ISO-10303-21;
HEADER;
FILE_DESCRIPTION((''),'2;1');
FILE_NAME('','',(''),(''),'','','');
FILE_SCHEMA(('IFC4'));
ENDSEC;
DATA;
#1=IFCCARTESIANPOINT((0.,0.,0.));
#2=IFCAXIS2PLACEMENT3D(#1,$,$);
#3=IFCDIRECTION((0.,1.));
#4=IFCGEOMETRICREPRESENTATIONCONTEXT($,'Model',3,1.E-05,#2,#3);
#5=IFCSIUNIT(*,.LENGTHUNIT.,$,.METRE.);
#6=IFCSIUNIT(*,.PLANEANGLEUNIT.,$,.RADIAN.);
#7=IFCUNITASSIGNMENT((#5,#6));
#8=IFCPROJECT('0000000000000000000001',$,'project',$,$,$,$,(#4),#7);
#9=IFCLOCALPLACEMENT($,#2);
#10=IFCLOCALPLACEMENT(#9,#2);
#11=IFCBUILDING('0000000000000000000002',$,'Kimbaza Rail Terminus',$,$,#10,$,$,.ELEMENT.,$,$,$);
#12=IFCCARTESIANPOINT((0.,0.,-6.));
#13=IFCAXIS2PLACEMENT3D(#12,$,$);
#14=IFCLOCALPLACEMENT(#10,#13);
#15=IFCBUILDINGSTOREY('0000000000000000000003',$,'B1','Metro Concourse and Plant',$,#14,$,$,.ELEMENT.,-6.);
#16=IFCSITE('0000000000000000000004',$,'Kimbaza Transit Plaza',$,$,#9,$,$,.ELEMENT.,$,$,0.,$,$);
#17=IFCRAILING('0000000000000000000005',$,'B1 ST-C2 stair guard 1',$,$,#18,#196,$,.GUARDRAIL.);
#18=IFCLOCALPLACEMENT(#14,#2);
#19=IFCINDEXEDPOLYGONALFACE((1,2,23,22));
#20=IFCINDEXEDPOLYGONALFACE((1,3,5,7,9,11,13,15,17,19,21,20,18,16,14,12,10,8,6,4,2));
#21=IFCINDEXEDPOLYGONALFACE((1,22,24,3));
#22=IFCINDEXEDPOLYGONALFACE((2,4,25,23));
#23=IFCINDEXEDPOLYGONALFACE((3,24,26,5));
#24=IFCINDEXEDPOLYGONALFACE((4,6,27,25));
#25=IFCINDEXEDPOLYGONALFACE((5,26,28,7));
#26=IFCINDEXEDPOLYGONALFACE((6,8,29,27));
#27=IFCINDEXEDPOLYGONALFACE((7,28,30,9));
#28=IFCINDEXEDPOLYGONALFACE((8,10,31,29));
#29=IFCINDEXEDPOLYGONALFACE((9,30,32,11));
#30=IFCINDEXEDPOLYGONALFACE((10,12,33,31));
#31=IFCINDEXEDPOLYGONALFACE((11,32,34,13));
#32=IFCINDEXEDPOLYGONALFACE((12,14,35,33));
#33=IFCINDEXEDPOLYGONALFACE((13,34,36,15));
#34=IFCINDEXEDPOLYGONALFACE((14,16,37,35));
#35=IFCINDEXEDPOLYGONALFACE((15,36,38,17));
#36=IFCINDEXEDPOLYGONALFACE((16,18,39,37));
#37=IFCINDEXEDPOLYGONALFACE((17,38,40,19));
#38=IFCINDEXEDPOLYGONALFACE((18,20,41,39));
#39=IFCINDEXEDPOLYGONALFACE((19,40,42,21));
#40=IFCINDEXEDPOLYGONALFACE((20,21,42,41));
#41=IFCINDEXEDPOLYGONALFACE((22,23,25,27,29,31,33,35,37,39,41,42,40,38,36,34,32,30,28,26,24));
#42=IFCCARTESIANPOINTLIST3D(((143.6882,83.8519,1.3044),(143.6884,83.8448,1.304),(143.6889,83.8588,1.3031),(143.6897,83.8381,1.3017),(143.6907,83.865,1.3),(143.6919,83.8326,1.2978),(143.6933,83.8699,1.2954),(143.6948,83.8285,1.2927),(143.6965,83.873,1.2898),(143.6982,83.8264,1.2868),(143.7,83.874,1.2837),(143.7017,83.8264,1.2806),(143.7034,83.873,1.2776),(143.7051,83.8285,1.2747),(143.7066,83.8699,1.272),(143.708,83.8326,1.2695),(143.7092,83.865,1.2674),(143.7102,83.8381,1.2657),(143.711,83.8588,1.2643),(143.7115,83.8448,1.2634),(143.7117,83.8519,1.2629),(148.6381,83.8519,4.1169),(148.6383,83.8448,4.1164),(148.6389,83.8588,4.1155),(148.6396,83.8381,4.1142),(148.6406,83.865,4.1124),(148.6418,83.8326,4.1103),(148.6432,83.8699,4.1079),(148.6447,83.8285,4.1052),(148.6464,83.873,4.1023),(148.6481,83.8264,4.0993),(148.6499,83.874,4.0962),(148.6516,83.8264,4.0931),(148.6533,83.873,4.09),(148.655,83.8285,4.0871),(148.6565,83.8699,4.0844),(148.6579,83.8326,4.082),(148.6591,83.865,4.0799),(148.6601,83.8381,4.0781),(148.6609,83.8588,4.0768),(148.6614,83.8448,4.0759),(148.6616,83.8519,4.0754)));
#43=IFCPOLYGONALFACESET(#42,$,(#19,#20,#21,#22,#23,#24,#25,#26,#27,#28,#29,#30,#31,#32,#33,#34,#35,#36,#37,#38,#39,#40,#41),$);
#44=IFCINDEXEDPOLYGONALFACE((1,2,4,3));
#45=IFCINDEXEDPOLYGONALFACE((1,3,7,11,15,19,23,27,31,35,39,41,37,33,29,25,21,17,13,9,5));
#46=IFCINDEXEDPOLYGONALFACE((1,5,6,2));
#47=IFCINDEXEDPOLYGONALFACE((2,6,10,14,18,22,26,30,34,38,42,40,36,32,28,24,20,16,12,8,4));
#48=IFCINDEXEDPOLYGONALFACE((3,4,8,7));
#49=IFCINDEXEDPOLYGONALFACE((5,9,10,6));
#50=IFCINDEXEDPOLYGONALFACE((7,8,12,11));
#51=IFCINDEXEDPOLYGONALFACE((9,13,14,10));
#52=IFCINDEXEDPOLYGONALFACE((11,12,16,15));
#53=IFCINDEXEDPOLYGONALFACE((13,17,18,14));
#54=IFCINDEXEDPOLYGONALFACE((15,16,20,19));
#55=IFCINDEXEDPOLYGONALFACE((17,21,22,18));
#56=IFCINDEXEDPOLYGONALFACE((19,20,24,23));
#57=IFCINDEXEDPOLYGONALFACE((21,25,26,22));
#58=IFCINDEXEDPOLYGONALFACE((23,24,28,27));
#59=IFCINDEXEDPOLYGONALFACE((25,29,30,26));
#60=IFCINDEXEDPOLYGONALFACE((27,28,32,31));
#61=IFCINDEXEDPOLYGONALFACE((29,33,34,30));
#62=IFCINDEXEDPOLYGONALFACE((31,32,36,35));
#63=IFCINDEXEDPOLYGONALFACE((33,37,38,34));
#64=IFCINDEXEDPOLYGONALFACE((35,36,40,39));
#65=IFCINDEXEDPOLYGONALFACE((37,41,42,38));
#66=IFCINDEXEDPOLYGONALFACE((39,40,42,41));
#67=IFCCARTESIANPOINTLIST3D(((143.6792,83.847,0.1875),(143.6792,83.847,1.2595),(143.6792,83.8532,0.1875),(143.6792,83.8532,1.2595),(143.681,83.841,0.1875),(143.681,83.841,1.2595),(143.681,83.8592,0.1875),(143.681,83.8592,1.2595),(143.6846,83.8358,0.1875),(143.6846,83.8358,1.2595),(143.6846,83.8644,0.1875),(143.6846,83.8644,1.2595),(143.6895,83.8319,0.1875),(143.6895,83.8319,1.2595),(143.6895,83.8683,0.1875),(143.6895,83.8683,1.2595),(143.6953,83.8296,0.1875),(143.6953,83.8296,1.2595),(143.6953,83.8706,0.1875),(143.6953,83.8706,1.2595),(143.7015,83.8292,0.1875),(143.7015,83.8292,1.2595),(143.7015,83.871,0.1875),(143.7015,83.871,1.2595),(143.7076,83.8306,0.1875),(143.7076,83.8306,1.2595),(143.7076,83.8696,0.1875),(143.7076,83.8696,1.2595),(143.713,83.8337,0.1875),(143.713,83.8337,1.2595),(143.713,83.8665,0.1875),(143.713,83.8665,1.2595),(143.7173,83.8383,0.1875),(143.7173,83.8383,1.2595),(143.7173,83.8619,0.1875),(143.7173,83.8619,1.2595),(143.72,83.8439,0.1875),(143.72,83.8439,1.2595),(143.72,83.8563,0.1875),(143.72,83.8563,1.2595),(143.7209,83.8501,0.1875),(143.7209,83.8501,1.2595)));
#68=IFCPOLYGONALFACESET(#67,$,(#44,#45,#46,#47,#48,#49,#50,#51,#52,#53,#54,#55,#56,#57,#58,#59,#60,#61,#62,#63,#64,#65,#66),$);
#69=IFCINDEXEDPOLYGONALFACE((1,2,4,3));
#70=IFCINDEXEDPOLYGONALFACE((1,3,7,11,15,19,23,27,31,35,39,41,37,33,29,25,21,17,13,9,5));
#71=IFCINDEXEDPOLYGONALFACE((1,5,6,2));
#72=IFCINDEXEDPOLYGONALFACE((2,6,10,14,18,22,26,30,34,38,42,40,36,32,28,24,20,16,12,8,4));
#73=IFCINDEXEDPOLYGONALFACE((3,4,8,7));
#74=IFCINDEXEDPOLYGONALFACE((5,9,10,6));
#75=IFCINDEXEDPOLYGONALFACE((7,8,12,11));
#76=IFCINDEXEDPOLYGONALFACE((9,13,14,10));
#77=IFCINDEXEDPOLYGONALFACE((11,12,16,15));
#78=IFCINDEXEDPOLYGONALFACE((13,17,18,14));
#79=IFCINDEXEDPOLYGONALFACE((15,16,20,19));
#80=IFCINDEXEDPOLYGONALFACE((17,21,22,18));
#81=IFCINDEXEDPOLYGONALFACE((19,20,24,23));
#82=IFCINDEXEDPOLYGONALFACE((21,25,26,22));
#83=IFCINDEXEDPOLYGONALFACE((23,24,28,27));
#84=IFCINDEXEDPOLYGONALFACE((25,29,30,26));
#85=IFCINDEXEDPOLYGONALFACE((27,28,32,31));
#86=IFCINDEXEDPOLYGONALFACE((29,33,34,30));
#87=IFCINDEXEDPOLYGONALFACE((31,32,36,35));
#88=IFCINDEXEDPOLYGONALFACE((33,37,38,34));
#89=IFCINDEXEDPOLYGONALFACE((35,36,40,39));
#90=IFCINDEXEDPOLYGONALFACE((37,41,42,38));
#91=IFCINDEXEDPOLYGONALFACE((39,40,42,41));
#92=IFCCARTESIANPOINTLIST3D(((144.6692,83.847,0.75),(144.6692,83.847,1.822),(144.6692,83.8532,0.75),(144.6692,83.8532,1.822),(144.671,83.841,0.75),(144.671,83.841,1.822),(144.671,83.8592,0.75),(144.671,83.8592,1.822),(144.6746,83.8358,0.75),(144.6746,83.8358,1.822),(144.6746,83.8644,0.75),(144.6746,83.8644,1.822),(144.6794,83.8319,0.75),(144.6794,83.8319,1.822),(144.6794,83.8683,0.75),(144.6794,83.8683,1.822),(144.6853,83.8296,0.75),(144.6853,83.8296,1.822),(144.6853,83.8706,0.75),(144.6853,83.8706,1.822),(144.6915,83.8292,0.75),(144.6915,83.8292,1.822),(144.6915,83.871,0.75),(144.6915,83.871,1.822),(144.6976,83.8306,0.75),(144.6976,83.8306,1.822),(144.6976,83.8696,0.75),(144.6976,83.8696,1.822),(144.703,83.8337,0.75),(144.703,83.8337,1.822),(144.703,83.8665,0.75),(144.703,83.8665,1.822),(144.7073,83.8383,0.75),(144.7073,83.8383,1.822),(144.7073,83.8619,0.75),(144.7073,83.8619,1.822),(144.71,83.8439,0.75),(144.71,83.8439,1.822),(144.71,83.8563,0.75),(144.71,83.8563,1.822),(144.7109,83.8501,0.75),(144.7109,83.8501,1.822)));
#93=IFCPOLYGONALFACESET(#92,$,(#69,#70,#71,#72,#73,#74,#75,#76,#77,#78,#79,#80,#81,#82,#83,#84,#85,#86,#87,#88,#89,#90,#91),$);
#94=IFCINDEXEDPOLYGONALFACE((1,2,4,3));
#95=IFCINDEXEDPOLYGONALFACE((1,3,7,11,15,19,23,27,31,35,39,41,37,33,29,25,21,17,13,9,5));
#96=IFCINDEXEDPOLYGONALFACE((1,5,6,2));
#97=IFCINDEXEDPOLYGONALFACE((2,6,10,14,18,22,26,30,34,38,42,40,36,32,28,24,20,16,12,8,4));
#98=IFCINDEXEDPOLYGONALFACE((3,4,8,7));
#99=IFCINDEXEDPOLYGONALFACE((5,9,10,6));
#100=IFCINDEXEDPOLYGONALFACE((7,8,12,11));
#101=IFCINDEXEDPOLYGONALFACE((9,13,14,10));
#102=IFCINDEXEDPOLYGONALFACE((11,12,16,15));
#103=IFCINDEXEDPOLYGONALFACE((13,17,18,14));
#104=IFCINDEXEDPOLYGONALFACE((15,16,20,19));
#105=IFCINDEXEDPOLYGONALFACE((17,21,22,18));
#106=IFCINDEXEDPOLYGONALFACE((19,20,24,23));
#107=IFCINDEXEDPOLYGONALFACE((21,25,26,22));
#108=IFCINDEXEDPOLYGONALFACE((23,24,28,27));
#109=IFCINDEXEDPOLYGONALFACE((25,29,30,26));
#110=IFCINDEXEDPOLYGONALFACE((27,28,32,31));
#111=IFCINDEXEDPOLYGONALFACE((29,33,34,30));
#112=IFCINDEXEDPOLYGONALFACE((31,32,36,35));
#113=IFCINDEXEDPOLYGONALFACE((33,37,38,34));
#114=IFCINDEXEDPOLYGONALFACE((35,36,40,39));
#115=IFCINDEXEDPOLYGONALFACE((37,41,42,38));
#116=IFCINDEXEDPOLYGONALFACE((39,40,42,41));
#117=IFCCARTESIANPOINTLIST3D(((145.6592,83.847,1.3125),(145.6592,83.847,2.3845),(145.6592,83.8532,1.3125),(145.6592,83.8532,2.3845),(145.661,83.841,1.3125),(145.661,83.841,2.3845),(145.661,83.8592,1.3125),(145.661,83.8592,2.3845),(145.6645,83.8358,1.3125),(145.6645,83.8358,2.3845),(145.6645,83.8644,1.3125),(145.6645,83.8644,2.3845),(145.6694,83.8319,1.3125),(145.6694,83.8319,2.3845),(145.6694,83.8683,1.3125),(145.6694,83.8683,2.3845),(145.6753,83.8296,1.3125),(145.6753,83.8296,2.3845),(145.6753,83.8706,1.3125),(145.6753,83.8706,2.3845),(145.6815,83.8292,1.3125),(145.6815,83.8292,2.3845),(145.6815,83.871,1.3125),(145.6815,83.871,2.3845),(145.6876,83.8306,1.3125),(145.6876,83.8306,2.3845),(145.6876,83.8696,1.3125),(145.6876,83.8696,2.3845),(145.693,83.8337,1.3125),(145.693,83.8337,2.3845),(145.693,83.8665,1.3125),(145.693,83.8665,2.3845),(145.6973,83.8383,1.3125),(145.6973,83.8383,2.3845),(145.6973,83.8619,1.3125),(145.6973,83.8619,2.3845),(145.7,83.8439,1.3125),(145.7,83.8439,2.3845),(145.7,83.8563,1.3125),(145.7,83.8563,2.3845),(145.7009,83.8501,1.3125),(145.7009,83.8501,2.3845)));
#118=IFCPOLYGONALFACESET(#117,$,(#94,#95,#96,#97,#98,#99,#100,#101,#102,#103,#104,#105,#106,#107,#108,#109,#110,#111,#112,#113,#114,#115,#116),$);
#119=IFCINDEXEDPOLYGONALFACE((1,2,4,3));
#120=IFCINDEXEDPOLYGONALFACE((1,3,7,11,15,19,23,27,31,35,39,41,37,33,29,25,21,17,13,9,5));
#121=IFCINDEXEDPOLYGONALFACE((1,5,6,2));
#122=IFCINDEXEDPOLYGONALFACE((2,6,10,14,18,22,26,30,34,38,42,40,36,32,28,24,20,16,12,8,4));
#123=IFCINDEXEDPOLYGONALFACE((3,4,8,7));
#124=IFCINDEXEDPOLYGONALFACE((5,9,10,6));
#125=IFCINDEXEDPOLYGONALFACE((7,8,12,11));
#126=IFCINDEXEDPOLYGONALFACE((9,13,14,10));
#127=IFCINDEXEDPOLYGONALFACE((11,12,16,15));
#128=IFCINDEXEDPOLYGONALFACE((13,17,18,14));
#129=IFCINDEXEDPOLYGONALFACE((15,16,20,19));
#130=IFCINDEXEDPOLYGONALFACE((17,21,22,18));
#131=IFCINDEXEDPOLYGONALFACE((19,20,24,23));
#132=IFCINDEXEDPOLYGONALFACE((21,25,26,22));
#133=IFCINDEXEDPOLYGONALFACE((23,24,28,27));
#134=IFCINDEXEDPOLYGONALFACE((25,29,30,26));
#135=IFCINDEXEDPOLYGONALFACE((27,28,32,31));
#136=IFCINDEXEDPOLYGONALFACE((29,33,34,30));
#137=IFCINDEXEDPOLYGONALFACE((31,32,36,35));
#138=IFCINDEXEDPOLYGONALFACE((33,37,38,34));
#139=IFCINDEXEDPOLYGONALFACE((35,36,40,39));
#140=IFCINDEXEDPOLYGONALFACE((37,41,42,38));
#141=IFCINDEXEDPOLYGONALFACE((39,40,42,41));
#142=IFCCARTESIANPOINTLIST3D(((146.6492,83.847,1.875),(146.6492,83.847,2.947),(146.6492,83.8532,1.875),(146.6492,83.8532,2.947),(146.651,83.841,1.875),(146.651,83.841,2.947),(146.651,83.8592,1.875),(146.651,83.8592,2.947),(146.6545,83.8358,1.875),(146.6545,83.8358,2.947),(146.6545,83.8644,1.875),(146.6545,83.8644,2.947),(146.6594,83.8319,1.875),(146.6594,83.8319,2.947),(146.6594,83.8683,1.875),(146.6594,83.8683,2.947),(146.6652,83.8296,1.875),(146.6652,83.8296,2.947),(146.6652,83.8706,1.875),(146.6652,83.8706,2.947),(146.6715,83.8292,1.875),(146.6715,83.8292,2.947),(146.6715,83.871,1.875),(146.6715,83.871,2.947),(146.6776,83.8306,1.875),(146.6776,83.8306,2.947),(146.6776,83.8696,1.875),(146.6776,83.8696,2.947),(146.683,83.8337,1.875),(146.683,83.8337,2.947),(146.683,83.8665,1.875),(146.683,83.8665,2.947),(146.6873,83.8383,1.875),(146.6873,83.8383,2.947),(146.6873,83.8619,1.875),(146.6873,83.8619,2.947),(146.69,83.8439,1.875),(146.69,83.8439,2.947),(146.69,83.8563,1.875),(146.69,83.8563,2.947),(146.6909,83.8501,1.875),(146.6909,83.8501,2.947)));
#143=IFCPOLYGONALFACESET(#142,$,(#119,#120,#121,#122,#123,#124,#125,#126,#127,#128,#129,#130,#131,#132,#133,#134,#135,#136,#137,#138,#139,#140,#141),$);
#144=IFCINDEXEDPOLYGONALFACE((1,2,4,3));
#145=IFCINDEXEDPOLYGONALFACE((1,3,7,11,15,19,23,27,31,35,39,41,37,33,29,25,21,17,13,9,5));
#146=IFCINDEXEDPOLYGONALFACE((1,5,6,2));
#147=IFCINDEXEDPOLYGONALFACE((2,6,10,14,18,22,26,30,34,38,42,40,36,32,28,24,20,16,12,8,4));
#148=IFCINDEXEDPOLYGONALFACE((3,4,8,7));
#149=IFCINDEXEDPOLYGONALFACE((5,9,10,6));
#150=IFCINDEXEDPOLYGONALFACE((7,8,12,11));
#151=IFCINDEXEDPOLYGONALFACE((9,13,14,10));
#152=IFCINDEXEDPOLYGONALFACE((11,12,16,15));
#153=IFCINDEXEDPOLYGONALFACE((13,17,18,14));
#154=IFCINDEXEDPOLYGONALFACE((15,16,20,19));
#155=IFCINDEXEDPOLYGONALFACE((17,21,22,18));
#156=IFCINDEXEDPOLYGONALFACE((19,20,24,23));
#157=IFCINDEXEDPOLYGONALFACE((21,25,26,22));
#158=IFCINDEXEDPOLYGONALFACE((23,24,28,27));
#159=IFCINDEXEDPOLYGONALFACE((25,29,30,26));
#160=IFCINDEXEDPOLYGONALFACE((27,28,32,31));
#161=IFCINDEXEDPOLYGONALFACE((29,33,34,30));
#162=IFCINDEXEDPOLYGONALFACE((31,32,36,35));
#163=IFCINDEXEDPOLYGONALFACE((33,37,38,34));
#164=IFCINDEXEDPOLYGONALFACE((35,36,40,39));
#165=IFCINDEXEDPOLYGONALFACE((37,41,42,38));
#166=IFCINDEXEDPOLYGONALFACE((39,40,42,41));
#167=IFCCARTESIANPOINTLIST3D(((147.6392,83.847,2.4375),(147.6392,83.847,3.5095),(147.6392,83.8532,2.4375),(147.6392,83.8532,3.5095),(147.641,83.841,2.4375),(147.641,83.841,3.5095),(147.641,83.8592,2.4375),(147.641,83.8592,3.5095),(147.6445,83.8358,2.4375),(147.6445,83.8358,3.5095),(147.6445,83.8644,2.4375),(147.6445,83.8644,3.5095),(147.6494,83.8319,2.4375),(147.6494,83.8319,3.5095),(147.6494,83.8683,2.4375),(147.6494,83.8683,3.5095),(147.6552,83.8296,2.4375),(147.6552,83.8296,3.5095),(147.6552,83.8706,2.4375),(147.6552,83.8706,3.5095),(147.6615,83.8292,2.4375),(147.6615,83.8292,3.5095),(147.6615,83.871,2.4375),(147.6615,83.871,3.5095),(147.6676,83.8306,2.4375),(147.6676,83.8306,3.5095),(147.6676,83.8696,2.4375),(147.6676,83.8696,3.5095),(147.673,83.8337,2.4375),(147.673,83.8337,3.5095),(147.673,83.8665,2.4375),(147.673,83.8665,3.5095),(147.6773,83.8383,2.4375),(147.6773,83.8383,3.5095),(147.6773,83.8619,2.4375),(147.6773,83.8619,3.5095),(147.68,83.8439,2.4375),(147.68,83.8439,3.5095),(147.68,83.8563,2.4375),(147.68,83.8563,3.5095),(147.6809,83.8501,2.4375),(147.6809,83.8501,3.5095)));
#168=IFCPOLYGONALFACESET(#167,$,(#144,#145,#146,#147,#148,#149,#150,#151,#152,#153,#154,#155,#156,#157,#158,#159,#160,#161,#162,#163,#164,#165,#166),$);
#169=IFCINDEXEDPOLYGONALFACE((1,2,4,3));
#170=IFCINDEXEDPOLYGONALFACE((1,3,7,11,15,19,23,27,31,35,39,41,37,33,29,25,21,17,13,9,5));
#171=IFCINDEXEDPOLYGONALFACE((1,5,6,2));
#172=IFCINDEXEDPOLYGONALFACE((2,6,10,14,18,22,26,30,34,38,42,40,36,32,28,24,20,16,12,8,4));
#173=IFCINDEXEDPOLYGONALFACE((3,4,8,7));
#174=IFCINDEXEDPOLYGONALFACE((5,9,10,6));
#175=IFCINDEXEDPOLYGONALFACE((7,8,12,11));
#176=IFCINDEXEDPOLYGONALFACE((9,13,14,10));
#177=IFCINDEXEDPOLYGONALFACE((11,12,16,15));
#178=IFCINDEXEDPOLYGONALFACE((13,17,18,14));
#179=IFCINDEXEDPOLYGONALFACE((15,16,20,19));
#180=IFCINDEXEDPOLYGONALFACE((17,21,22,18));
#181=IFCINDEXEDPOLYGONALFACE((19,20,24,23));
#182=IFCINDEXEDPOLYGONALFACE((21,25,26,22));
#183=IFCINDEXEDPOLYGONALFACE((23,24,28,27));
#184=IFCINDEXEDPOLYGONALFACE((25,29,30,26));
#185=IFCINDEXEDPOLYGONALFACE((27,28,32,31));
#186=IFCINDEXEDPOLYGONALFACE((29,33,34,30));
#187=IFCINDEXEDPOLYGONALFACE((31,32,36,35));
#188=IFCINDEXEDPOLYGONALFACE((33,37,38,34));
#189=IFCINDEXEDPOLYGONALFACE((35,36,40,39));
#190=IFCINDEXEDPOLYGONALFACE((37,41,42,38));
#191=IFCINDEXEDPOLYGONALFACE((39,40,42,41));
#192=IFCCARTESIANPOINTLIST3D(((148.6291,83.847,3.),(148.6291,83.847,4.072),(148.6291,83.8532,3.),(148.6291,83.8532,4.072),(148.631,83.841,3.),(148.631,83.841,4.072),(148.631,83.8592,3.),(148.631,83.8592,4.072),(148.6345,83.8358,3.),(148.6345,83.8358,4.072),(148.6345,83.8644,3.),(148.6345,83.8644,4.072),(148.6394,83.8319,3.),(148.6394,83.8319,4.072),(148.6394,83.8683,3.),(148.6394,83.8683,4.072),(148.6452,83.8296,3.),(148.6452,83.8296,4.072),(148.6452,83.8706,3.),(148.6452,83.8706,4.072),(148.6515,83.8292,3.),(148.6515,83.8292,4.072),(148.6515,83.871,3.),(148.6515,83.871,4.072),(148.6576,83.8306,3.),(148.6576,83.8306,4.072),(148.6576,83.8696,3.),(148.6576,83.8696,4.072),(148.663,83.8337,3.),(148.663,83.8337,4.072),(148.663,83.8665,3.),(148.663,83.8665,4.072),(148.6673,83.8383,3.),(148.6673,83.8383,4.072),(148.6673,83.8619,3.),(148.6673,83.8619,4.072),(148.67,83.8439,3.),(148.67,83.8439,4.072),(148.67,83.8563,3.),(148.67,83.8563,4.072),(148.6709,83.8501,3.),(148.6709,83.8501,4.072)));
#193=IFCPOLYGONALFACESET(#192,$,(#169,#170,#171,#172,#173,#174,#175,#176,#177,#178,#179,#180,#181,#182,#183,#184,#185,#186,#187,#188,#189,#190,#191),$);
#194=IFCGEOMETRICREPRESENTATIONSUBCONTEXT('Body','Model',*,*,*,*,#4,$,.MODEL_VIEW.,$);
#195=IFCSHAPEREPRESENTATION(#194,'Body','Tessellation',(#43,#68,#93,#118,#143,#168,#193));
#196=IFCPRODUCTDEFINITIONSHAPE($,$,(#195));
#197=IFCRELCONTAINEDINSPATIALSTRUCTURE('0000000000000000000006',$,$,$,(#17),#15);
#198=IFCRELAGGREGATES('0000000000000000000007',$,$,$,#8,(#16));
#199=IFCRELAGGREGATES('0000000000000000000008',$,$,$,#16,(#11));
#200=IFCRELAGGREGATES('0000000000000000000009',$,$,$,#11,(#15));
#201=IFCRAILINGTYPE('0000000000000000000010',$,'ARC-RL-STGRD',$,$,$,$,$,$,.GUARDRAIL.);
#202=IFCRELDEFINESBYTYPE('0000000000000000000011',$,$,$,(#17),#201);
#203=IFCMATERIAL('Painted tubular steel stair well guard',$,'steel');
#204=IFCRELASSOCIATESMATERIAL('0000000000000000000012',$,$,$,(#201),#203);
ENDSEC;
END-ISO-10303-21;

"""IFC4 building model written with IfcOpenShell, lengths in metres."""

from ifc_helpers import new_model, si_unit, direction, frame, origin, origin_2d, place, context, subcontext, project, spatial, circle, extrude, material, type_object, element, save


model = new_model("IFC4")

# Units and contexts
model_context = context("Model", 3, precision=1e-05, world=origin(), true_north=direction((0.0, 1.0)))
body_context = subcontext(model_context, "Body", "Model", "MODEL_VIEW")
ifc_project = project(units=[si_unit("LENGTHUNIT", "METRE"), si_unit("PLANEANGLEUNIT", "RADIAN")], contexts=[model_context])

# Site, building, storey
site_placement = place(None, origin())
site = spatial("IfcSite", under=ifc_project, at=site_placement, Name="Kimbaza Transit Plaza", CompositionType="ELEMENT", RefElevation=0.0)
building_placement = place(site_placement, origin())
building = spatial("IfcBuilding", under=site, at=building_placement, Name="Kimbaza Rail Terminus", CompositionType="ELEMENT")
storey_placement = place(building_placement, frame((0.0, 0.0, -6.0)))
storey = spatial("IfcBuildingStorey", under=building, at=storey_placement, Name="B1", Description="Metro Concourse and Plant", CompositionType="ELEMENT", Elevation=-6.0)

# Railing
ifc_material_1 = material(Name="Painted tubular steel stair well guard", Category="steel")
railing_type_1 = type_object("IfcRailingType", Name="ARC-RL-STGRD", PredefinedType="GUARDRAIL", material=ifc_material_1)
railing_1_placement = place(storey_placement, frame((143.7, 83.8501, 0.1875)))
element("IfcRailing", 1, at=railing_1_placement, inside=storey, type_object=railing_type_1, Name="B1 ST-C2 stair guard 1", PredefinedType="GUARDRAIL", context=body_context, shape_type="SweptSolid", body=[
    extrude(circle(Radius=0.0239, at=origin_2d()), frame((0.0, 0.0, 1.0962), z_axis=(0.869454, 0.0, 0.494013), x_axis=(0.0, 1.0, 0.0)), (0.0, 0.0, 1.0), 5.6931),
    extrude(circle(Radius=0.021, at=origin_2d()), origin(), (0.0, 0.0, 1.0), 1.072),
    extrude(circle(Radius=0.021, at=origin_2d()), frame((0.99, 0.0, 0.5625)), (0.0, 0.0, 1.0), 1.072),
    extrude(circle(Radius=0.021, at=origin_2d()), frame((1.98, 0.0, 1.125)), (0.0, 0.0, 1.0), 1.072),
    extrude(circle(Radius=0.021, at=origin_2d()), frame((2.97, 0.0, 1.6875)), (0.0, 0.0, 1.0), 1.072),
    extrude(circle(Radius=0.021, at=origin_2d()), frame((3.96, 0.0, 2.25)), (0.0, 0.0, 1.0), 1.072),
    extrude(circle(Radius=0.021, at=origin_2d()), frame((4.95, 0.0, 2.8125)), (0.0, 0.0, 1.0), 1.072),
])

save(model, "model.ifc")
